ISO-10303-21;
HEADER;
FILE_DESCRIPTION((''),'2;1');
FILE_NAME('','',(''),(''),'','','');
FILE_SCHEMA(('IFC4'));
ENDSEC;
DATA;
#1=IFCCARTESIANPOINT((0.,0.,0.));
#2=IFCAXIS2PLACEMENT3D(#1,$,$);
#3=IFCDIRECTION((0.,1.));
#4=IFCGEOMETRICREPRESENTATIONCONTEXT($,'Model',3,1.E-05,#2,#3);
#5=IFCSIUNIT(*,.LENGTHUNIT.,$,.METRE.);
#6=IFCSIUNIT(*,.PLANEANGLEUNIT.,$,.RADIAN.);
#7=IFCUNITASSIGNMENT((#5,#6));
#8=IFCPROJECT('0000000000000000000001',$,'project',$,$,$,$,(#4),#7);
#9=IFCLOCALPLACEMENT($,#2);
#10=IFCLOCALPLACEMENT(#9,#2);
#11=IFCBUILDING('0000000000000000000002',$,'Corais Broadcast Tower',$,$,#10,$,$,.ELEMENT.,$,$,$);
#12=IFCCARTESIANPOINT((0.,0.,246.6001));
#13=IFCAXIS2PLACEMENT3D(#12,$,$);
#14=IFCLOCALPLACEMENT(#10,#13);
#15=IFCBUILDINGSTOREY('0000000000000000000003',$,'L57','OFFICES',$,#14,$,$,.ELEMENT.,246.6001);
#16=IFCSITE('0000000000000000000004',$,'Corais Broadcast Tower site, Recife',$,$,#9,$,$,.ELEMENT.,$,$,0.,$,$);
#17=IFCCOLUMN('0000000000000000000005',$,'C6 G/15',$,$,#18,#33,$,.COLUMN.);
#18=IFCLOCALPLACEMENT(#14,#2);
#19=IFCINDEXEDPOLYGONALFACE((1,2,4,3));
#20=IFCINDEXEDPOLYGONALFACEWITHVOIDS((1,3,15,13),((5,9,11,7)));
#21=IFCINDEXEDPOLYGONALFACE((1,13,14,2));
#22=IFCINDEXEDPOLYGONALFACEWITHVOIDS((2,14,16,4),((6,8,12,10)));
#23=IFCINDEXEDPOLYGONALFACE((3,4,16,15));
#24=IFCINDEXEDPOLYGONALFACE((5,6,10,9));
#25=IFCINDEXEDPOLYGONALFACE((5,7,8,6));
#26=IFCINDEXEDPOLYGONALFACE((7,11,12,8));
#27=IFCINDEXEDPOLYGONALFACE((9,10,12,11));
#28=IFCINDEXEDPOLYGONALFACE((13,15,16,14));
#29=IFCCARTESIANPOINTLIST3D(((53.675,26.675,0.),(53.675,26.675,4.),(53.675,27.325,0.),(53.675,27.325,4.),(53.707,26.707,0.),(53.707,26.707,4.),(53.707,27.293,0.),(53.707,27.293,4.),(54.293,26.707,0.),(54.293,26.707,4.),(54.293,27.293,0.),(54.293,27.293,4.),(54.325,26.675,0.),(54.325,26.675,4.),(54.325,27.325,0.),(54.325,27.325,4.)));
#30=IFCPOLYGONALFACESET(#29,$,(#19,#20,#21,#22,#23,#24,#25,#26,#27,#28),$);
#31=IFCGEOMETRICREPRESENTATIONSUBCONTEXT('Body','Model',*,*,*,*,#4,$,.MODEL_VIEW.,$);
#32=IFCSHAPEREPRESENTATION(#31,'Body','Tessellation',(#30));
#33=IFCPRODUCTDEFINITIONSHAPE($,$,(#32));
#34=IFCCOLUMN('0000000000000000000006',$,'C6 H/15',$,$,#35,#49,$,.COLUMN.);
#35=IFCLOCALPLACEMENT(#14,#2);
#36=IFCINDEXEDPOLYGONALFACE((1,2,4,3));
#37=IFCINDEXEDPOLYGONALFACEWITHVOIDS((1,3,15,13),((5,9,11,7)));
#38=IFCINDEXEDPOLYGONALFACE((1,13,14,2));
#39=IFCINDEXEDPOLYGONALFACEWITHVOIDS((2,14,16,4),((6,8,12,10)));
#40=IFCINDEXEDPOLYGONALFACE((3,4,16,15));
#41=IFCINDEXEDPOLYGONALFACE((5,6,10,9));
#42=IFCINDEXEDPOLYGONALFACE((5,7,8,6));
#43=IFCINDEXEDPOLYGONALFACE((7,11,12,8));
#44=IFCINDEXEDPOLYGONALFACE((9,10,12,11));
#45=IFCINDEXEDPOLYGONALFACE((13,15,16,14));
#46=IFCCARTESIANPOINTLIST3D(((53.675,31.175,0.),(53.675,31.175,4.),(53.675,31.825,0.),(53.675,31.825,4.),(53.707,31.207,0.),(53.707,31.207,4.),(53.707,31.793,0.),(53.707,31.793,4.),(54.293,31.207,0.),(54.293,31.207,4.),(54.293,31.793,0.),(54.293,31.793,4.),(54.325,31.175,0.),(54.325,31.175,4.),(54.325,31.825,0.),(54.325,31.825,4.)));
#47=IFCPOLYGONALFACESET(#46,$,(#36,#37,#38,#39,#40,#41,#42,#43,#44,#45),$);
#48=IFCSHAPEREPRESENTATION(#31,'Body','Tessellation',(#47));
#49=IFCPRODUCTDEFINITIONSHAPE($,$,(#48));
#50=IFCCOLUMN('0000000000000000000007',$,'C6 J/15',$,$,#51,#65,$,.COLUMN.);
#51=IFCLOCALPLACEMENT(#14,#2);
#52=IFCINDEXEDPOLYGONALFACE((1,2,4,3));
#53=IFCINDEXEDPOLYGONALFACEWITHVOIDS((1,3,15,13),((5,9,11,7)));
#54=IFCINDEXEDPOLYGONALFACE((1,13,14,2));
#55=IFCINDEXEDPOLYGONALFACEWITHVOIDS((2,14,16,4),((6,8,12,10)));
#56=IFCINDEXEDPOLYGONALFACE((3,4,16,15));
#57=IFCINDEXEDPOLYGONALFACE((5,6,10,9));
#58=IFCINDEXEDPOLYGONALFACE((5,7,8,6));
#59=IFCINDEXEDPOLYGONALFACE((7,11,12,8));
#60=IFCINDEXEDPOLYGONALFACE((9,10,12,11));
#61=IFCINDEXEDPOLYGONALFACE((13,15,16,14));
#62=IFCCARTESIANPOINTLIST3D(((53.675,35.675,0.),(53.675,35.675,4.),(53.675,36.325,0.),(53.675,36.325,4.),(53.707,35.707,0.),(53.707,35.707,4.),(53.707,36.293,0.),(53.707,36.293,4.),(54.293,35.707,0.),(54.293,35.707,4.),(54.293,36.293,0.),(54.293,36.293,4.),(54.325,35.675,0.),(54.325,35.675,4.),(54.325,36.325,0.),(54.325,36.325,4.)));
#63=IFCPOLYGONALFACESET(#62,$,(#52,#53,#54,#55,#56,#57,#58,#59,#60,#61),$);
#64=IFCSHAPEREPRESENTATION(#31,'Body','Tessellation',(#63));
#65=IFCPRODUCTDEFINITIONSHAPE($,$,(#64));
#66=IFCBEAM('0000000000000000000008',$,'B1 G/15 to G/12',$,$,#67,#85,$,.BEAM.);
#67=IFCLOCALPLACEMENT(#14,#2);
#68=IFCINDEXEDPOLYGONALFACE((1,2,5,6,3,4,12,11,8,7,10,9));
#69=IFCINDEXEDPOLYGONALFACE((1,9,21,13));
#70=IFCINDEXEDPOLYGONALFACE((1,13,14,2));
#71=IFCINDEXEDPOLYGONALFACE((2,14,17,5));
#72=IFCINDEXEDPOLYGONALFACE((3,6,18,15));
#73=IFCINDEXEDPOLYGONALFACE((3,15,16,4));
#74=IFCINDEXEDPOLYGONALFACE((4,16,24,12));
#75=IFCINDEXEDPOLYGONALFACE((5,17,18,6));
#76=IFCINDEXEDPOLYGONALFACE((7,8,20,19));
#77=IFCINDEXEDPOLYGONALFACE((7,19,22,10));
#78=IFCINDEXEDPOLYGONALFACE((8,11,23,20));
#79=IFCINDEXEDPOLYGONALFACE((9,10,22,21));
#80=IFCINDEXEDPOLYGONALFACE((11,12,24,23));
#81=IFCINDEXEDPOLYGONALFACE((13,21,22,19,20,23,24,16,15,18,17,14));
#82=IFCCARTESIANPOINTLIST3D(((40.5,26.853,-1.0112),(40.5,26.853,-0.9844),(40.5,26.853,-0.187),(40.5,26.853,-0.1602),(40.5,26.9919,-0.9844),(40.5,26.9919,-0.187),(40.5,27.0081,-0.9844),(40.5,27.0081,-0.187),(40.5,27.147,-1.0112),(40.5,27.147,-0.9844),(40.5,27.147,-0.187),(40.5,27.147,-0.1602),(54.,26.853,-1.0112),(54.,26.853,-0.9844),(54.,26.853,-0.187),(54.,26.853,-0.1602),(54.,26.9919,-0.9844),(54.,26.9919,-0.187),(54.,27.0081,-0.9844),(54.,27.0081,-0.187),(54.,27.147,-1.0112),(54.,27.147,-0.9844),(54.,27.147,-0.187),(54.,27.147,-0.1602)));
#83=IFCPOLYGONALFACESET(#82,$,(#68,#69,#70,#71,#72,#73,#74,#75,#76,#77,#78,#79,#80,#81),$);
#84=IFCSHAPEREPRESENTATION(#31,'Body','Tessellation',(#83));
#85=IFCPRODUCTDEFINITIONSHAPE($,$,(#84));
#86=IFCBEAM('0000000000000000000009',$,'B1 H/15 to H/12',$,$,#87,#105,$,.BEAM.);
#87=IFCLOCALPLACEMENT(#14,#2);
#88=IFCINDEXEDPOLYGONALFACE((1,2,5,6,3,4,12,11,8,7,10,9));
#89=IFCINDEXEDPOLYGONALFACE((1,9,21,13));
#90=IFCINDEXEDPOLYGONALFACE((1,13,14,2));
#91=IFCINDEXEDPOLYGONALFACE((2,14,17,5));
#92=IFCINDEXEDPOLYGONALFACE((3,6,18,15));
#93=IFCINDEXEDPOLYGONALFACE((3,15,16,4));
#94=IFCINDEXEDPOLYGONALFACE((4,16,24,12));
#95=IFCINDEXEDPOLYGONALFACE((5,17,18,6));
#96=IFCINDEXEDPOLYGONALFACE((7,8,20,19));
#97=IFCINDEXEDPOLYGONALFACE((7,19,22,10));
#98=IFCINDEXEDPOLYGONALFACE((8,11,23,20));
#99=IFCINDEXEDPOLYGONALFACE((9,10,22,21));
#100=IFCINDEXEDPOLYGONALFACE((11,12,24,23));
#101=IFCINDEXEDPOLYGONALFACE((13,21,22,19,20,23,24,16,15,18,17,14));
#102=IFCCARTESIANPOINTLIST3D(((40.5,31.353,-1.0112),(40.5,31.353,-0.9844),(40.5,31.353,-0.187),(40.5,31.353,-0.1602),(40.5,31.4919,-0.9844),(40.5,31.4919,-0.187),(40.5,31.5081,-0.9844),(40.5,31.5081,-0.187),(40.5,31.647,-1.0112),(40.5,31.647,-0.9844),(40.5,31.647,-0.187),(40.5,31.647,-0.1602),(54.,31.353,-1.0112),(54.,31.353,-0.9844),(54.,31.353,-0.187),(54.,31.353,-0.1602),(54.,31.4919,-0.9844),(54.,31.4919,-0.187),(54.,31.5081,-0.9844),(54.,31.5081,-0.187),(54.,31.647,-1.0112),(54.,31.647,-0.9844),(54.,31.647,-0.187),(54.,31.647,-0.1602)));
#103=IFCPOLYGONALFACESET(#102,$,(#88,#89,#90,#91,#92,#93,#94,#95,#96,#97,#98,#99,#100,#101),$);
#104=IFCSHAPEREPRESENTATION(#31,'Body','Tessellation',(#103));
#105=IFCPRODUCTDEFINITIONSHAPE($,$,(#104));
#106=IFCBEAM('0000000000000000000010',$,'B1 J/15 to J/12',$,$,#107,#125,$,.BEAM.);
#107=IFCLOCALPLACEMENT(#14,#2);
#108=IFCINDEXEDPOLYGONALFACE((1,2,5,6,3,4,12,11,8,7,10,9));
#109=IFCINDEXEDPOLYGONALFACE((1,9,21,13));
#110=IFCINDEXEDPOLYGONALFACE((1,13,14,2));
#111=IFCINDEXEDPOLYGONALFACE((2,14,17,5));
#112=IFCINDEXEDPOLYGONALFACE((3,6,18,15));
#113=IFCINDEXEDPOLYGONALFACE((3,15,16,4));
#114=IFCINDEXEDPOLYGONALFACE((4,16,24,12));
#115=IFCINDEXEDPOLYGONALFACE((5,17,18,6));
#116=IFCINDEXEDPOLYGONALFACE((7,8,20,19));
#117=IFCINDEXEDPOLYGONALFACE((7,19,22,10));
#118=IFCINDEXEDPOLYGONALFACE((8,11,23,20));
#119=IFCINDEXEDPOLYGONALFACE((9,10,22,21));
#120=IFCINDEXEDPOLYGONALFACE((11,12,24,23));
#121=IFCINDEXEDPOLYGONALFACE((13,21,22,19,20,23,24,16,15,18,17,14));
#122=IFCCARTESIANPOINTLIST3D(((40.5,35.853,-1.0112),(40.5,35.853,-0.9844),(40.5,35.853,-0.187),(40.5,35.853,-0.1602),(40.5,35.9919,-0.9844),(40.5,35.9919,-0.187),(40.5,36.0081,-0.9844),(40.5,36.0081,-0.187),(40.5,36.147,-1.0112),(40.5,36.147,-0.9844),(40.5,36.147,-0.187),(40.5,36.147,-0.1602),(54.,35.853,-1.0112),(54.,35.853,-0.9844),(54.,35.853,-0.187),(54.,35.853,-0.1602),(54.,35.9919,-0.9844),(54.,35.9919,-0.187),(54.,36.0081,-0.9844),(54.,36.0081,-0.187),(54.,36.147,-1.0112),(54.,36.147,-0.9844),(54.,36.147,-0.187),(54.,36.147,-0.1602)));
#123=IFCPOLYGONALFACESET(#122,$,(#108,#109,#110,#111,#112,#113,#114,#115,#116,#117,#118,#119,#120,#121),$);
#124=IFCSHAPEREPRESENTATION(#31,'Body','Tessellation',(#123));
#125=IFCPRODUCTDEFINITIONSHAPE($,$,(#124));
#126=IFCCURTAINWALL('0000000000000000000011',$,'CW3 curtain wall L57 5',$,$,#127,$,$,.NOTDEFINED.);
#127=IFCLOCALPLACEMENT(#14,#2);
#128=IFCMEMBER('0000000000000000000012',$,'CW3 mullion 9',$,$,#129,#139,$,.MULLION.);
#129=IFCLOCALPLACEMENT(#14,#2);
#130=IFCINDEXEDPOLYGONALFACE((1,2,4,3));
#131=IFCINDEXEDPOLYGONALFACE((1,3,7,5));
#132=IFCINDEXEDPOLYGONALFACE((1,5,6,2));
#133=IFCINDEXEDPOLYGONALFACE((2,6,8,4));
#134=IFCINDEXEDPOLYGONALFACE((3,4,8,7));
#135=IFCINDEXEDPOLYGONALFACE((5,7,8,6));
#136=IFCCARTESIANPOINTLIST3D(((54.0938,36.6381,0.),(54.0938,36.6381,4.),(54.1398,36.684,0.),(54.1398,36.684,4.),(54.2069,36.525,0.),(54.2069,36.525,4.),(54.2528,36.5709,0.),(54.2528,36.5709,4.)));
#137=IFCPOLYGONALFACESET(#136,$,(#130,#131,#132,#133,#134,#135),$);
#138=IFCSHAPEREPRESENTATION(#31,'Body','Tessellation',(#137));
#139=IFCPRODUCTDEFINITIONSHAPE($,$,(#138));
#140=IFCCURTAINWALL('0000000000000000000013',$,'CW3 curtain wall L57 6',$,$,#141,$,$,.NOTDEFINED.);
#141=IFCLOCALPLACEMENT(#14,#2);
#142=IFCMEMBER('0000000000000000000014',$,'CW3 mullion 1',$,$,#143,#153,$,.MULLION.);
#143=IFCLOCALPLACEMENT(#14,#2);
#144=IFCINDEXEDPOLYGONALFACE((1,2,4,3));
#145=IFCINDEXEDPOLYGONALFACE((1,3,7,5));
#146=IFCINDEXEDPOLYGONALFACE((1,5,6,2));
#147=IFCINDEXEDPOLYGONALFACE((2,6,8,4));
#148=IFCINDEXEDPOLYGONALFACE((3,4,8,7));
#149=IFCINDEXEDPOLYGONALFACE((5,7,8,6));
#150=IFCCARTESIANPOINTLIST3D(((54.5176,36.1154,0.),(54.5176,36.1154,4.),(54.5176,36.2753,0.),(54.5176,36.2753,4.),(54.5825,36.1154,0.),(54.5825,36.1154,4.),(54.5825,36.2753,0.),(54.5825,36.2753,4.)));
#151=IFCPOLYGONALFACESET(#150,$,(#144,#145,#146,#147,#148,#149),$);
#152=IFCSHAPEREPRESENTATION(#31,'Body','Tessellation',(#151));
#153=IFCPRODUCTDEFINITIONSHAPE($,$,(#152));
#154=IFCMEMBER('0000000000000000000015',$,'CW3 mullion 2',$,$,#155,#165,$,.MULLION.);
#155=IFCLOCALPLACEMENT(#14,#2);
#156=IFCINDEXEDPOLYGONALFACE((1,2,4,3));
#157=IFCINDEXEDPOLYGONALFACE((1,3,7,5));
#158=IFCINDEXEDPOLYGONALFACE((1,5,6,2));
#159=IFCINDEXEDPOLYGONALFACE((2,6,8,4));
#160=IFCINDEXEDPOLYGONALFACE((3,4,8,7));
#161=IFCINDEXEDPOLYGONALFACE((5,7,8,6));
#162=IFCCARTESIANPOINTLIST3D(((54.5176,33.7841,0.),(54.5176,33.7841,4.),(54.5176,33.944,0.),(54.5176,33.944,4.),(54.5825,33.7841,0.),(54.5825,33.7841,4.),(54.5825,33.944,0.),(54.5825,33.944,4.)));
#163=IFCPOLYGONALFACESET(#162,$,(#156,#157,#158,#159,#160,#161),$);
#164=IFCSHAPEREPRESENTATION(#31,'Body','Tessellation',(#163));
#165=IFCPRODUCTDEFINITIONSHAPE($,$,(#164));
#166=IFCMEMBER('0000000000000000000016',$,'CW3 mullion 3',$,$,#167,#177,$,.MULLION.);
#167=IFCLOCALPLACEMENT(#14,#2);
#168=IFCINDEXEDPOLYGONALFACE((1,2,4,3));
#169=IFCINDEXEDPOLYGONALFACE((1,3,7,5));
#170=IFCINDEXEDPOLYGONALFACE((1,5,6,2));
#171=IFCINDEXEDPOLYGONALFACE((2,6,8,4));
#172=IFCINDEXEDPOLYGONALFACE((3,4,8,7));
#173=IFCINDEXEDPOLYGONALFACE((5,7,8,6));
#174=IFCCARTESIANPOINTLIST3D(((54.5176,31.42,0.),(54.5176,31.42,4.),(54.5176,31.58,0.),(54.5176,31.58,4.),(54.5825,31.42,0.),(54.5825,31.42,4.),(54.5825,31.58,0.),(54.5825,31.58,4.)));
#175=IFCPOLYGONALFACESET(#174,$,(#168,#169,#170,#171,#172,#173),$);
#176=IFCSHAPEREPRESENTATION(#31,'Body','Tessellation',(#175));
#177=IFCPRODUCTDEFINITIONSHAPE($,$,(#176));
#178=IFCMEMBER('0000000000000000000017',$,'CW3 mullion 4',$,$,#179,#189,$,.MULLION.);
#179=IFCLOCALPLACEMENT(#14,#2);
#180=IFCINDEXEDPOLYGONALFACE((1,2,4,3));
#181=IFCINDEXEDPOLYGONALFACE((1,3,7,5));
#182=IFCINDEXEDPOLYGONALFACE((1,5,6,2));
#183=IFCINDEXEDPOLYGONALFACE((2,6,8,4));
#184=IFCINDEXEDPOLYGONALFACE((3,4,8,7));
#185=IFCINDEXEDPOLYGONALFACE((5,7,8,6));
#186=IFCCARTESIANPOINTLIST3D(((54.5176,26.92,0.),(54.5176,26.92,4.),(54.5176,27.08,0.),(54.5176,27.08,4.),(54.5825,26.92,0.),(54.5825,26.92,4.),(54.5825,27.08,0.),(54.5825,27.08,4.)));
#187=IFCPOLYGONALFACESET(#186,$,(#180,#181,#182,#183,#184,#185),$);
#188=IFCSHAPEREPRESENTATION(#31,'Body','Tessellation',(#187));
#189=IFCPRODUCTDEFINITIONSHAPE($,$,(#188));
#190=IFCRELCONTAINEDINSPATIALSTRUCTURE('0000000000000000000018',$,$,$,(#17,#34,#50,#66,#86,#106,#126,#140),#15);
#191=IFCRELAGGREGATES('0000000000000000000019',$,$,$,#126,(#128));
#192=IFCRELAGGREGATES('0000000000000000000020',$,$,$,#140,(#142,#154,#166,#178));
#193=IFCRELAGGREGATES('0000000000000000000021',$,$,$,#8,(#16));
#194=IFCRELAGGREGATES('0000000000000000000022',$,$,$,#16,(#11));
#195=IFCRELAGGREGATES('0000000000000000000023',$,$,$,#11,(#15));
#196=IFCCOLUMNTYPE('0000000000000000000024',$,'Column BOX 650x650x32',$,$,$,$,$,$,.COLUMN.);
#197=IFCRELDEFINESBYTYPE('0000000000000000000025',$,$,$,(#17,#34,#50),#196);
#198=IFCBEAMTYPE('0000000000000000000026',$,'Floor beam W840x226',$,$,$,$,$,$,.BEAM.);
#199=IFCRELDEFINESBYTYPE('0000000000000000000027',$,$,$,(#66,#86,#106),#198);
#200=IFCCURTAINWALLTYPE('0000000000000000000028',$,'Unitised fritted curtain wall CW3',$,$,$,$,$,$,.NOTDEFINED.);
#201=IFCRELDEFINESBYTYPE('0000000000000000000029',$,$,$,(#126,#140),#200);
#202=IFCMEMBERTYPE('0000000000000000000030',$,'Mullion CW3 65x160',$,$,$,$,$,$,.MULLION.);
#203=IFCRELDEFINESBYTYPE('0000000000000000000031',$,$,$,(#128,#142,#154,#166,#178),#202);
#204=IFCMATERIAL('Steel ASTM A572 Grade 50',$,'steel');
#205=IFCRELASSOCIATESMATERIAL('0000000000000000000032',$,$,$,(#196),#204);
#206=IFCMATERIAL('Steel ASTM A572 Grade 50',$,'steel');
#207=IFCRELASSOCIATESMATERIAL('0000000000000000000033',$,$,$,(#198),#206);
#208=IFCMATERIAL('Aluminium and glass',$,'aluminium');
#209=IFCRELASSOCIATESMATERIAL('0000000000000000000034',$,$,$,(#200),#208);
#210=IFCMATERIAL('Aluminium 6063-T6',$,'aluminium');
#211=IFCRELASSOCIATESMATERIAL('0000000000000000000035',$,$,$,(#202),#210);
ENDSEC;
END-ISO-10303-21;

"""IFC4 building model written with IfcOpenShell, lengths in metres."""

from ifc_helpers import new_model, si_unit, direction, frame, origin, origin_2d, place, context, subcontext, project, spatial, rectangle, hollow_rectangle, i_section, extrude, material, material_profile, profile_set, type_object, element, aggregate, save


model = new_model("IFC4")

# Units and contexts
model_context = context("Model", 3, precision=1e-05, world=origin(), true_north=direction((0.0, 1.0)))
body_context = subcontext(model_context, "Body", "Model", "MODEL_VIEW")
ifc_project = project(units=[si_unit("LENGTHUNIT", "METRE"), si_unit("PLANEANGLEUNIT", "RADIAN")], contexts=[model_context])

# Site, building, storey
site_placement = place(None, origin())
site = spatial("IfcSite", under=ifc_project, at=site_placement, Name="Corais Broadcast Tower site, Recife", CompositionType="ELEMENT", RefElevation=0.0)
building_placement = place(site_placement, origin())
building = spatial("IfcBuilding", under=site, at=building_placement, Name="Corais Broadcast Tower", CompositionType="ELEMENT")
storey_placement = place(building_placement, frame((0.0, 0.0, 246.6001)))
storey = spatial("IfcBuildingStorey", under=building, at=storey_placement, Name="L57", Description="OFFICES", CompositionType="ELEMENT", Elevation=246.6001)

# Columns
ifc_material_1 = material(Name="Steel ASTM A572 Grade 50", Category="steel")
ifc_material_profile_1 = material_profile(ifc_material_1, hollow_rectangle(XDim=0.6499, YDim=0.6499, WallThickness=0.032, at=origin_2d()), Name="BOX 650x650x32")
ifc_profile_set_1 = profile_set([ifc_material_profile_1], Name="Steel ASTM A572 Grade 50")
column_type = type_object("IfcColumnType", Name="Column BOX 650x650x32", PredefinedType="COLUMN", material=ifc_profile_set_1)
for number, where, z_axis, x_axis, name in (
    (1, (54.0, 27.0, 0.0), (0.0, 0.0, 1.0), (1.0, 0.0, 0.0), "C6 G/15"),
    (2, (54.0, 31.5, 0.0), (0.0, 0.0, 1.0), (1.0, 0.0, 0.0), "C6 H/15"),
    (3, (54.0, 36.0, 0.0), (0.0, 0.0, 1.0), (1.0, 0.0, 0.0), "C6 J/15"),
):
    element("IfcColumn", number, at=place(storey_placement, frame(where, z_axis=z_axis, x_axis=x_axis)), inside=storey, type_object=column_type, Name=name, PredefinedType="COLUMN", context=body_context, shape_type="SweptSolid", body=[
        extrude(hollow_rectangle(XDim=0.6499, YDim=0.6499, WallThickness=0.032, at=origin_2d()), origin(), (0.0, 0.0, 1.0), 4.0),
    ])

# Beams
ifc_material_2 = material(Name="Steel ASTM A572 Grade 50", Category="steel")
ifc_material_profile_2 = material_profile(ifc_material_2, i_section(OverallWidth=0.2939, OverallDepth=0.8511, WebThickness=0.0161, FlangeThickness=0.0269, at=origin_2d()), Name="W840x226")
ifc_profile_set_2 = profile_set([ifc_material_profile_2], Name="Steel ASTM A572 Grade 50")
beam_type_1 = type_object("IfcBeamType", Name="Floor beam W840x226", PredefinedType="BEAM", material=ifc_profile_set_2)
for number, where, z_axis, x_axis, name in (
    (4, (54.0, 27.0, -0.5857), (-1.0, 0.0, 0.0), (0.0, -1.0, 0.0), "B1 G/15 to G/12"),
    (5, (54.0, 31.5, -0.5857), (-1.0, 0.0, 0.0), (0.0, -1.0, 0.0), "B1 H/15 to H/12"),
    (6, (54.0, 36.0, -0.5857), (-1.0, 0.0, 0.0), (0.0, -1.0, 0.0), "B1 J/15 to J/12"),
):
    element("IfcBeam", number, at=place(storey_placement, frame(where, z_axis=z_axis, x_axis=x_axis)), inside=storey, type_object=beam_type_1, Name=name, PredefinedType="BEAM", context=body_context, shape_type="SweptSolid", body=[
        extrude(i_section(OverallWidth=0.2939, OverallDepth=0.8511, WebThickness=0.0161, FlangeThickness=0.0269, at=origin_2d()), origin(), (0.0, 0.0, 1.0), 13.5),
    ])

# Curtain wall, member
ifc_material_3 = material(Name="Aluminium and glass", Category="aluminium")
curtain_wall_type = type_object("IfcCurtainWallType", Name="Unitised fritted curtain wall CW3", PredefinedType="NOTDEFINED", material=ifc_material_3)
curtain_wall_1_placement = place(storey_placement, origin())
curtain_wall_1 = element("IfcCurtainWall", 7, at=curtain_wall_1_placement, inside=storey, type_object=curtain_wall_type, Name="CW3 curtain wall L57 5", PredefinedType="NOTDEFINED")
ifc_material_4 = material(Name="Aluminium 6063-T6", Category="aluminium")
ifc_material_profile_3 = material_profile(ifc_material_4, rectangle(XDim=0.0649, YDim=0.1599, at=origin_2d()), Name="Mullion CW3 65x160")
ifc_profile_set_3 = profile_set([ifc_material_profile_3], Name="Aluminium 6063-T6")
member_type_1 = type_object("IfcMemberType", Name="Mullion CW3 65x160", PredefinedType="MULLION", material=ifc_profile_set_3)
member_1_placement = place(storey_placement, frame((54.1733, 36.6045, 0.0), z_axis=(0.0, 0.0, 1.0), x_axis=(0.707107, 0.707107, 0.0)))
member_1 = element("IfcMember", 8, at=member_1_placement, type_object=member_type_1, Name="CW3 mullion 9", PredefinedType="MULLION", context=body_context, shape_type="SweptSolid", body=[
    extrude(rectangle(XDim=0.0649, YDim=0.1599, at=origin_2d()), origin(), (0.0, 0.0, 1.0), 4.0),
])

# Curtain wall, members
curtain_wall_2_placement = place(storey_placement, origin())
curtain_wall_2 = element("IfcCurtainWall", 9, at=curtain_wall_2_placement, inside=storey, type_object=curtain_wall_type, Name="CW3 curtain wall L57 6", PredefinedType="NOTDEFINED")
member_2_placement = place(storey_placement, frame((54.55, 36.1953, 0.0), z_axis=(0.0, 0.0, 1.0), x_axis=(1.0, 0.0, 0.0)))
member_2 = element("IfcMember", 10, at=member_2_placement, type_object=member_type_1, Name="CW3 mullion 1", PredefinedType="MULLION", context=body_context, shape_type="SweptSolid", body=[
    extrude(rectangle(XDim=0.0649, YDim=0.1599, at=origin_2d()), origin(), (0.0, 0.0, 1.0), 4.0),
])
member_3_placement = place(storey_placement, frame((54.55, 33.864, 0.0), z_axis=(0.0, 0.0, 1.0), x_axis=(1.0, 0.0, 0.0)))
member_3 = element("IfcMember", 11, at=member_3_placement, type_object=member_type_1, Name="CW3 mullion 2", PredefinedType="MULLION", context=body_context, shape_type="SweptSolid", body=[
    extrude(rectangle(XDim=0.0649, YDim=0.1599, at=origin_2d()), origin(), (0.0, 0.0, 1.0), 4.0),
])
member_4_placement = place(storey_placement, frame((54.55, 31.5, 0.0), z_axis=(0.0, 0.0, 1.0), x_axis=(1.0, 0.0, 0.0)))
member_4 = element("IfcMember", 12, at=member_4_placement, type_object=member_type_1, Name="CW3 mullion 3", PredefinedType="MULLION", context=body_context, shape_type="SweptSolid", body=[
    extrude(rectangle(XDim=0.0649, YDim=0.1599, at=origin_2d()), origin(), (0.0, 0.0, 1.0), 4.0),
])
member_5_placement = place(storey_placement, frame((54.55, 27.0, 0.0), z_axis=(0.0, 0.0, 1.0), x_axis=(1.0, 0.0, 0.0)))
member_5 = element("IfcMember", 13, at=member_5_placement, type_object=member_type_1, Name="CW3 mullion 4", PredefinedType="MULLION", context=body_context, shape_type="SweptSolid", body=[
    extrude(rectangle(XDim=0.0649, YDim=0.1599, at=origin_2d()), origin(), (0.0, 0.0, 1.0), 4.0),
])

aggregate(curtain_wall_1, [member_1])
aggregate(curtain_wall_2, [member_2, member_3, member_4, member_5])

save(model, "model.ifc")
